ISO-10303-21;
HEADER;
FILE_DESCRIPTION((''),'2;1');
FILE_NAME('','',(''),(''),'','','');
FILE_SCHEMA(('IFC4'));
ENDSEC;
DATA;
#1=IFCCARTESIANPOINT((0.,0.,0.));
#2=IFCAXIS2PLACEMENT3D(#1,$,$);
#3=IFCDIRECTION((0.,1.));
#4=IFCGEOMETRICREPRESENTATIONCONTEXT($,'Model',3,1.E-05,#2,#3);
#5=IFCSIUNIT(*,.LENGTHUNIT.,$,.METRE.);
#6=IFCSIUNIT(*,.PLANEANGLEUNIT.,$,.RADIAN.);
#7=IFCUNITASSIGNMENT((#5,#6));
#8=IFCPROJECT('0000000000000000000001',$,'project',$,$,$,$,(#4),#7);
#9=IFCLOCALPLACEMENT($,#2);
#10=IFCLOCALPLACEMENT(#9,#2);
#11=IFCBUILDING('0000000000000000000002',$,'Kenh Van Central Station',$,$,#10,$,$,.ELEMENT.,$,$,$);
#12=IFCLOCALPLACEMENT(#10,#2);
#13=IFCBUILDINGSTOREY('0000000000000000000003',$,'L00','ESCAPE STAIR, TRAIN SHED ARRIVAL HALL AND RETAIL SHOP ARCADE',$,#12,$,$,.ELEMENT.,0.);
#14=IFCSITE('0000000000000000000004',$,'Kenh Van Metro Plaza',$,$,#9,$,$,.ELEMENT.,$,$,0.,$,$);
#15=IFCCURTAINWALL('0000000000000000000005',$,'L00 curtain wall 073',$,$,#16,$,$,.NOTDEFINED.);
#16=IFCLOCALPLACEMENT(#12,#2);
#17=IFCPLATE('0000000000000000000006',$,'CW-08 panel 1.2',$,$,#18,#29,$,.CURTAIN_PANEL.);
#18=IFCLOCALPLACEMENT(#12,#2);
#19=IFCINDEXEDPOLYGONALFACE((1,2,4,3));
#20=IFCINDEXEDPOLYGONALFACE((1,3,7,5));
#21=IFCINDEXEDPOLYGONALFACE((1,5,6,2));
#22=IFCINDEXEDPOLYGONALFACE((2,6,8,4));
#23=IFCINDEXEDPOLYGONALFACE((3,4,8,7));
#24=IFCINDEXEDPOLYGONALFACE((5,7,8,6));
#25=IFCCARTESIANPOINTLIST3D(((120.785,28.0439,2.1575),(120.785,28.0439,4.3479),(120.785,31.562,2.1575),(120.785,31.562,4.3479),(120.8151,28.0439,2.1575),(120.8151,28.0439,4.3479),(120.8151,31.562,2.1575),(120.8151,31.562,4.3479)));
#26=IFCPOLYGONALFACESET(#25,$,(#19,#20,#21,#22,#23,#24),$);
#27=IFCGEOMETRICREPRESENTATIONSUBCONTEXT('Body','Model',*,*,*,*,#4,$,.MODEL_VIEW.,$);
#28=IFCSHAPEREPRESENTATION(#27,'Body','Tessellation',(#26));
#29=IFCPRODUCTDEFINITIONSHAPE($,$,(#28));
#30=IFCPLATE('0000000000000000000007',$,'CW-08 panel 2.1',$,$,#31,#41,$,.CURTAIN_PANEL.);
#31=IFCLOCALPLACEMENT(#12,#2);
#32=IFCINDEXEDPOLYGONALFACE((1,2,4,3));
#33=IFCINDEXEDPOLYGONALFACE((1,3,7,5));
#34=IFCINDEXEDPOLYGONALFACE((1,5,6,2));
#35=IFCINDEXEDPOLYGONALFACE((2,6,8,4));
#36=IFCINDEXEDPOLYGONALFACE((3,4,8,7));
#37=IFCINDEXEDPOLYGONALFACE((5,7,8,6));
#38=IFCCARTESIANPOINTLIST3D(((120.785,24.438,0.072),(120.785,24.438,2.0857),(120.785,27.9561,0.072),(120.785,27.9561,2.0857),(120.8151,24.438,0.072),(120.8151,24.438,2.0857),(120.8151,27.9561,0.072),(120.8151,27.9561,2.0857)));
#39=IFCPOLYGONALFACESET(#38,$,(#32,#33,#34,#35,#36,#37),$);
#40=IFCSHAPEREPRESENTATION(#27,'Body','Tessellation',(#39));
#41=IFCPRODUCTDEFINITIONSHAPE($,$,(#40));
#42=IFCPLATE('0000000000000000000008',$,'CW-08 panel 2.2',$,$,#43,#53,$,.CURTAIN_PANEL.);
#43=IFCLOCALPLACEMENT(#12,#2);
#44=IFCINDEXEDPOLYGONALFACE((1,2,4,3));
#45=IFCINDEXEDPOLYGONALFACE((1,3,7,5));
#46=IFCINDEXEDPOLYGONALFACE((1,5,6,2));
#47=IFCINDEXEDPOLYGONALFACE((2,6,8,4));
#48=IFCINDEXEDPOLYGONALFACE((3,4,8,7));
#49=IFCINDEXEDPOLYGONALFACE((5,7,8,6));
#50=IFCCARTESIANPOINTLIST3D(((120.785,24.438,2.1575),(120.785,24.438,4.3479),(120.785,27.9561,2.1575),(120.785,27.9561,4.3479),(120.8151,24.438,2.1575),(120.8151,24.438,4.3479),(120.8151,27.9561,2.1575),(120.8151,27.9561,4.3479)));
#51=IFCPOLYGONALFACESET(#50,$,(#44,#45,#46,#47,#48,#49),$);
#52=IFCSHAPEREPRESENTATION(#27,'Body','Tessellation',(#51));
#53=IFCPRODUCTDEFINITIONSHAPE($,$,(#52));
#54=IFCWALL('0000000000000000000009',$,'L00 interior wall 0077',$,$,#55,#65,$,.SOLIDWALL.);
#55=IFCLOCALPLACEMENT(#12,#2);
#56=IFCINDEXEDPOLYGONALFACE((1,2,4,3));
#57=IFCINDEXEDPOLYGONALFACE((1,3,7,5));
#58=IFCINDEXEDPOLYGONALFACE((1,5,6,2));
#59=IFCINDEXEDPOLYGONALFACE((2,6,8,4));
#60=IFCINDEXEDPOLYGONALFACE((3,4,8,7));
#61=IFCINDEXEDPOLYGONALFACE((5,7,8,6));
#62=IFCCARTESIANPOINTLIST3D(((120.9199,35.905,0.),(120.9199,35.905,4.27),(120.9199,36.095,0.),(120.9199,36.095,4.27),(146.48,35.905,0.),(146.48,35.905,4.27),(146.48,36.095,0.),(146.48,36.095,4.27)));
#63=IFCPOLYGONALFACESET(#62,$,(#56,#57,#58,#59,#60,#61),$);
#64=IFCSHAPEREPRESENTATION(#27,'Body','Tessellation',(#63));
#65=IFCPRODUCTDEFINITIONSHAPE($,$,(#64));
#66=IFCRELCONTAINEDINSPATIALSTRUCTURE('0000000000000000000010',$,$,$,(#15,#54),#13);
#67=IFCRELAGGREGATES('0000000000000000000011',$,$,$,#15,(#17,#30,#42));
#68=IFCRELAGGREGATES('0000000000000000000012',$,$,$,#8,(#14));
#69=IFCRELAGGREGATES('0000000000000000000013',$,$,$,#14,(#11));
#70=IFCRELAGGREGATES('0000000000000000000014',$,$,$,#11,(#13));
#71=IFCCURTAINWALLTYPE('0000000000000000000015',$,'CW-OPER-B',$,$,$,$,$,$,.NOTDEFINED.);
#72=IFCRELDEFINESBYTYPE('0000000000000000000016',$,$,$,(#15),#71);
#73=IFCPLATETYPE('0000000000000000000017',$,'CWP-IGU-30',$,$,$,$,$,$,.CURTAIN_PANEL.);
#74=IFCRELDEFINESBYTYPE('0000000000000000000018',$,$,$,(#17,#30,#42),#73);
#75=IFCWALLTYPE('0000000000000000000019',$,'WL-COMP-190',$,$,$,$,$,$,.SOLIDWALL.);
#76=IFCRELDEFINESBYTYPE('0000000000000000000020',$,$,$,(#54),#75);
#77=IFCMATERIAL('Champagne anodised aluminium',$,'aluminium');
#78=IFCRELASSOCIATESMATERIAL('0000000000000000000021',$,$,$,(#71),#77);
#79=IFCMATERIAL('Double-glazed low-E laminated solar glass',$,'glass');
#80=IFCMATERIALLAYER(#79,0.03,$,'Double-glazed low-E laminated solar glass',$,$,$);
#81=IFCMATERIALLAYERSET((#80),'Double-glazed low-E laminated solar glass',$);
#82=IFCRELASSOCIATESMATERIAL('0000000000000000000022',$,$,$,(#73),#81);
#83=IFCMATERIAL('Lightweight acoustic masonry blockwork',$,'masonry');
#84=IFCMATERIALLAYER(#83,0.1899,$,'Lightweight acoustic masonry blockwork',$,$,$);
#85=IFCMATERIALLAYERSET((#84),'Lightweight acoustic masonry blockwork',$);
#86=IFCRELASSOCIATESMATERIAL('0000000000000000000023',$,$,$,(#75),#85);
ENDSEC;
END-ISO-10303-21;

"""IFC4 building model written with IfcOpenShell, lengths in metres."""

from ifc_helpers import new_model, si_unit, direction, frame, frame_2d, origin, origin_2d, place, context, subcontext, project, spatial, rectangle, extrude, material, layer, layer_set, type_object, element, aggregate, save


model = new_model("IFC4")

# Units and contexts
model_context = context("Model", 3, precision=1e-05, world=origin(), true_north=direction((0.0, 1.0)))
body_context = subcontext(model_context, "Body", "Model", "MODEL_VIEW")
ifc_project = project(units=[si_unit("LENGTHUNIT", "METRE"), si_unit("PLANEANGLEUNIT", "RADIAN")], contexts=[model_context])

# Site, building, storey
site_placement = place(None, origin())
site = spatial("IfcSite", under=ifc_project, at=site_placement, Name="Kenh Van Metro Plaza", CompositionType="ELEMENT", RefElevation=0.0)
building_placement = place(site_placement, origin())
building = spatial("IfcBuilding", under=site, at=building_placement, Name="Kenh Van Central Station", CompositionType="ELEMENT")
storey_placement = place(building_placement, origin())
storey = spatial("IfcBuildingStorey", under=building, at=storey_placement, Name="L00", Description="ESCAPE STAIR, TRAIN SHED ARRIVAL HALL AND RETAIL SHOP ARCADE", CompositionType="ELEMENT", Elevation=0.0)

# Curtain wall
ifc_material_1 = material(Name="Champagne anodised aluminium", Category="aluminium")
curtain_wall_type_1 = type_object("IfcCurtainWallType", Name="CW-OPER-B", PredefinedType="NOTDEFINED", material=ifc_material_1)
curtain_wall_1_placement = place(storey_placement, origin())
curtain_wall_1 = element("IfcCurtainWall", 1, at=curtain_wall_1_placement, inside=storey, type_object=curtain_wall_type_1, Name="L00 curtain wall 073", PredefinedType="NOTDEFINED")

# Plates
ifc_material_2 = material(Name="Double-glazed low-E laminated solar glass", Category="glass")
ifc_layer_1 = layer(ifc_material_2, 0.03, Name="Double-glazed low-E laminated solar glass")
ifc_layer_set_1 = layer_set([ifc_layer_1], Name="Double-glazed low-E laminated solar glass")
plate_type_1 = type_object("IfcPlateType", Name="CWP-IGU-30", PredefinedType="CURTAIN_PANEL", material=ifc_layer_set_1)
plate_1_placement = place(storey_placement, frame((120.8, 29.803, 2.1575), z_axis=(0.0, 0.0, 1.0), x_axis=(0.0, -1.0, 0.0)))
plate_1 = element("IfcPlate", 2, at=plate_1_placement, type_object=plate_type_1, Name="CW-08 panel 1.2", PredefinedType="CURTAIN_PANEL", context=body_context, shape_type="SweptSolid", body=[
    extrude(rectangle(XDim=3.5181, YDim=0.03, at=origin_2d()), origin(), (0.0, 0.0, 1.0), 2.1904),
])
plate_2_placement = place(storey_placement, frame((120.8, 26.197, 0.072), z_axis=(0.0, 0.0, 1.0), x_axis=(0.0, -1.0, 0.0)))
plate_2 = element("IfcPlate", 3, at=plate_2_placement, type_object=plate_type_1, Name="CW-08 panel 2.1", PredefinedType="CURTAIN_PANEL", context=body_context, shape_type="SweptSolid", body=[
    extrude(rectangle(XDim=3.5181, YDim=0.03, at=origin_2d()), origin(), (0.0, 0.0, 1.0), 2.0137),
])
plate_3_placement = place(storey_placement, frame((120.8, 26.197, 2.1575), z_axis=(0.0, 0.0, 1.0), x_axis=(0.0, -1.0, 0.0)))
plate_3 = element("IfcPlate", 4, at=plate_3_placement, type_object=plate_type_1, Name="CW-08 panel 2.2", PredefinedType="CURTAIN_PANEL", context=body_context, shape_type="SweptSolid", body=[
    extrude(rectangle(XDim=3.5181, YDim=0.03, at=origin_2d()), origin(), (0.0, 0.0, 1.0), 2.1904),
])
aggregate(curtain_wall_1, [plate_1, plate_2, plate_3])

# Wall
ifc_material_3 = material(Name="Lightweight acoustic masonry blockwork", Category="masonry")
ifc_layer_2 = layer(ifc_material_3, 0.1899, Name="Lightweight acoustic masonry blockwork")
ifc_layer_set_2 = layer_set([ifc_layer_2], Name="Lightweight acoustic masonry blockwork")
wall_type = type_object("IfcWallType", Name="WL-COMP-190", PredefinedType="SOLIDWALL", material=ifc_layer_set_2)
wall_placement = place(storey_placement, frame((120.9199, 36.0, 0.0), z_axis=(0.0, 0.0, 1.0), x_axis=(1.0, 0.0, 0.0)))
element("IfcWall", 5, at=wall_placement, inside=storey, type_object=wall_type, Name="L00 interior wall 0077", PredefinedType="SOLIDWALL", context=body_context, shape_type="SweptSolid", body=[
    extrude(rectangle(XDim=25.5601, YDim=0.1899, at=frame_2d((12.78, 0.0))), origin(), (0.0, 0.0, 1.0), 4.27),
])

save(model, "model.ifc")
